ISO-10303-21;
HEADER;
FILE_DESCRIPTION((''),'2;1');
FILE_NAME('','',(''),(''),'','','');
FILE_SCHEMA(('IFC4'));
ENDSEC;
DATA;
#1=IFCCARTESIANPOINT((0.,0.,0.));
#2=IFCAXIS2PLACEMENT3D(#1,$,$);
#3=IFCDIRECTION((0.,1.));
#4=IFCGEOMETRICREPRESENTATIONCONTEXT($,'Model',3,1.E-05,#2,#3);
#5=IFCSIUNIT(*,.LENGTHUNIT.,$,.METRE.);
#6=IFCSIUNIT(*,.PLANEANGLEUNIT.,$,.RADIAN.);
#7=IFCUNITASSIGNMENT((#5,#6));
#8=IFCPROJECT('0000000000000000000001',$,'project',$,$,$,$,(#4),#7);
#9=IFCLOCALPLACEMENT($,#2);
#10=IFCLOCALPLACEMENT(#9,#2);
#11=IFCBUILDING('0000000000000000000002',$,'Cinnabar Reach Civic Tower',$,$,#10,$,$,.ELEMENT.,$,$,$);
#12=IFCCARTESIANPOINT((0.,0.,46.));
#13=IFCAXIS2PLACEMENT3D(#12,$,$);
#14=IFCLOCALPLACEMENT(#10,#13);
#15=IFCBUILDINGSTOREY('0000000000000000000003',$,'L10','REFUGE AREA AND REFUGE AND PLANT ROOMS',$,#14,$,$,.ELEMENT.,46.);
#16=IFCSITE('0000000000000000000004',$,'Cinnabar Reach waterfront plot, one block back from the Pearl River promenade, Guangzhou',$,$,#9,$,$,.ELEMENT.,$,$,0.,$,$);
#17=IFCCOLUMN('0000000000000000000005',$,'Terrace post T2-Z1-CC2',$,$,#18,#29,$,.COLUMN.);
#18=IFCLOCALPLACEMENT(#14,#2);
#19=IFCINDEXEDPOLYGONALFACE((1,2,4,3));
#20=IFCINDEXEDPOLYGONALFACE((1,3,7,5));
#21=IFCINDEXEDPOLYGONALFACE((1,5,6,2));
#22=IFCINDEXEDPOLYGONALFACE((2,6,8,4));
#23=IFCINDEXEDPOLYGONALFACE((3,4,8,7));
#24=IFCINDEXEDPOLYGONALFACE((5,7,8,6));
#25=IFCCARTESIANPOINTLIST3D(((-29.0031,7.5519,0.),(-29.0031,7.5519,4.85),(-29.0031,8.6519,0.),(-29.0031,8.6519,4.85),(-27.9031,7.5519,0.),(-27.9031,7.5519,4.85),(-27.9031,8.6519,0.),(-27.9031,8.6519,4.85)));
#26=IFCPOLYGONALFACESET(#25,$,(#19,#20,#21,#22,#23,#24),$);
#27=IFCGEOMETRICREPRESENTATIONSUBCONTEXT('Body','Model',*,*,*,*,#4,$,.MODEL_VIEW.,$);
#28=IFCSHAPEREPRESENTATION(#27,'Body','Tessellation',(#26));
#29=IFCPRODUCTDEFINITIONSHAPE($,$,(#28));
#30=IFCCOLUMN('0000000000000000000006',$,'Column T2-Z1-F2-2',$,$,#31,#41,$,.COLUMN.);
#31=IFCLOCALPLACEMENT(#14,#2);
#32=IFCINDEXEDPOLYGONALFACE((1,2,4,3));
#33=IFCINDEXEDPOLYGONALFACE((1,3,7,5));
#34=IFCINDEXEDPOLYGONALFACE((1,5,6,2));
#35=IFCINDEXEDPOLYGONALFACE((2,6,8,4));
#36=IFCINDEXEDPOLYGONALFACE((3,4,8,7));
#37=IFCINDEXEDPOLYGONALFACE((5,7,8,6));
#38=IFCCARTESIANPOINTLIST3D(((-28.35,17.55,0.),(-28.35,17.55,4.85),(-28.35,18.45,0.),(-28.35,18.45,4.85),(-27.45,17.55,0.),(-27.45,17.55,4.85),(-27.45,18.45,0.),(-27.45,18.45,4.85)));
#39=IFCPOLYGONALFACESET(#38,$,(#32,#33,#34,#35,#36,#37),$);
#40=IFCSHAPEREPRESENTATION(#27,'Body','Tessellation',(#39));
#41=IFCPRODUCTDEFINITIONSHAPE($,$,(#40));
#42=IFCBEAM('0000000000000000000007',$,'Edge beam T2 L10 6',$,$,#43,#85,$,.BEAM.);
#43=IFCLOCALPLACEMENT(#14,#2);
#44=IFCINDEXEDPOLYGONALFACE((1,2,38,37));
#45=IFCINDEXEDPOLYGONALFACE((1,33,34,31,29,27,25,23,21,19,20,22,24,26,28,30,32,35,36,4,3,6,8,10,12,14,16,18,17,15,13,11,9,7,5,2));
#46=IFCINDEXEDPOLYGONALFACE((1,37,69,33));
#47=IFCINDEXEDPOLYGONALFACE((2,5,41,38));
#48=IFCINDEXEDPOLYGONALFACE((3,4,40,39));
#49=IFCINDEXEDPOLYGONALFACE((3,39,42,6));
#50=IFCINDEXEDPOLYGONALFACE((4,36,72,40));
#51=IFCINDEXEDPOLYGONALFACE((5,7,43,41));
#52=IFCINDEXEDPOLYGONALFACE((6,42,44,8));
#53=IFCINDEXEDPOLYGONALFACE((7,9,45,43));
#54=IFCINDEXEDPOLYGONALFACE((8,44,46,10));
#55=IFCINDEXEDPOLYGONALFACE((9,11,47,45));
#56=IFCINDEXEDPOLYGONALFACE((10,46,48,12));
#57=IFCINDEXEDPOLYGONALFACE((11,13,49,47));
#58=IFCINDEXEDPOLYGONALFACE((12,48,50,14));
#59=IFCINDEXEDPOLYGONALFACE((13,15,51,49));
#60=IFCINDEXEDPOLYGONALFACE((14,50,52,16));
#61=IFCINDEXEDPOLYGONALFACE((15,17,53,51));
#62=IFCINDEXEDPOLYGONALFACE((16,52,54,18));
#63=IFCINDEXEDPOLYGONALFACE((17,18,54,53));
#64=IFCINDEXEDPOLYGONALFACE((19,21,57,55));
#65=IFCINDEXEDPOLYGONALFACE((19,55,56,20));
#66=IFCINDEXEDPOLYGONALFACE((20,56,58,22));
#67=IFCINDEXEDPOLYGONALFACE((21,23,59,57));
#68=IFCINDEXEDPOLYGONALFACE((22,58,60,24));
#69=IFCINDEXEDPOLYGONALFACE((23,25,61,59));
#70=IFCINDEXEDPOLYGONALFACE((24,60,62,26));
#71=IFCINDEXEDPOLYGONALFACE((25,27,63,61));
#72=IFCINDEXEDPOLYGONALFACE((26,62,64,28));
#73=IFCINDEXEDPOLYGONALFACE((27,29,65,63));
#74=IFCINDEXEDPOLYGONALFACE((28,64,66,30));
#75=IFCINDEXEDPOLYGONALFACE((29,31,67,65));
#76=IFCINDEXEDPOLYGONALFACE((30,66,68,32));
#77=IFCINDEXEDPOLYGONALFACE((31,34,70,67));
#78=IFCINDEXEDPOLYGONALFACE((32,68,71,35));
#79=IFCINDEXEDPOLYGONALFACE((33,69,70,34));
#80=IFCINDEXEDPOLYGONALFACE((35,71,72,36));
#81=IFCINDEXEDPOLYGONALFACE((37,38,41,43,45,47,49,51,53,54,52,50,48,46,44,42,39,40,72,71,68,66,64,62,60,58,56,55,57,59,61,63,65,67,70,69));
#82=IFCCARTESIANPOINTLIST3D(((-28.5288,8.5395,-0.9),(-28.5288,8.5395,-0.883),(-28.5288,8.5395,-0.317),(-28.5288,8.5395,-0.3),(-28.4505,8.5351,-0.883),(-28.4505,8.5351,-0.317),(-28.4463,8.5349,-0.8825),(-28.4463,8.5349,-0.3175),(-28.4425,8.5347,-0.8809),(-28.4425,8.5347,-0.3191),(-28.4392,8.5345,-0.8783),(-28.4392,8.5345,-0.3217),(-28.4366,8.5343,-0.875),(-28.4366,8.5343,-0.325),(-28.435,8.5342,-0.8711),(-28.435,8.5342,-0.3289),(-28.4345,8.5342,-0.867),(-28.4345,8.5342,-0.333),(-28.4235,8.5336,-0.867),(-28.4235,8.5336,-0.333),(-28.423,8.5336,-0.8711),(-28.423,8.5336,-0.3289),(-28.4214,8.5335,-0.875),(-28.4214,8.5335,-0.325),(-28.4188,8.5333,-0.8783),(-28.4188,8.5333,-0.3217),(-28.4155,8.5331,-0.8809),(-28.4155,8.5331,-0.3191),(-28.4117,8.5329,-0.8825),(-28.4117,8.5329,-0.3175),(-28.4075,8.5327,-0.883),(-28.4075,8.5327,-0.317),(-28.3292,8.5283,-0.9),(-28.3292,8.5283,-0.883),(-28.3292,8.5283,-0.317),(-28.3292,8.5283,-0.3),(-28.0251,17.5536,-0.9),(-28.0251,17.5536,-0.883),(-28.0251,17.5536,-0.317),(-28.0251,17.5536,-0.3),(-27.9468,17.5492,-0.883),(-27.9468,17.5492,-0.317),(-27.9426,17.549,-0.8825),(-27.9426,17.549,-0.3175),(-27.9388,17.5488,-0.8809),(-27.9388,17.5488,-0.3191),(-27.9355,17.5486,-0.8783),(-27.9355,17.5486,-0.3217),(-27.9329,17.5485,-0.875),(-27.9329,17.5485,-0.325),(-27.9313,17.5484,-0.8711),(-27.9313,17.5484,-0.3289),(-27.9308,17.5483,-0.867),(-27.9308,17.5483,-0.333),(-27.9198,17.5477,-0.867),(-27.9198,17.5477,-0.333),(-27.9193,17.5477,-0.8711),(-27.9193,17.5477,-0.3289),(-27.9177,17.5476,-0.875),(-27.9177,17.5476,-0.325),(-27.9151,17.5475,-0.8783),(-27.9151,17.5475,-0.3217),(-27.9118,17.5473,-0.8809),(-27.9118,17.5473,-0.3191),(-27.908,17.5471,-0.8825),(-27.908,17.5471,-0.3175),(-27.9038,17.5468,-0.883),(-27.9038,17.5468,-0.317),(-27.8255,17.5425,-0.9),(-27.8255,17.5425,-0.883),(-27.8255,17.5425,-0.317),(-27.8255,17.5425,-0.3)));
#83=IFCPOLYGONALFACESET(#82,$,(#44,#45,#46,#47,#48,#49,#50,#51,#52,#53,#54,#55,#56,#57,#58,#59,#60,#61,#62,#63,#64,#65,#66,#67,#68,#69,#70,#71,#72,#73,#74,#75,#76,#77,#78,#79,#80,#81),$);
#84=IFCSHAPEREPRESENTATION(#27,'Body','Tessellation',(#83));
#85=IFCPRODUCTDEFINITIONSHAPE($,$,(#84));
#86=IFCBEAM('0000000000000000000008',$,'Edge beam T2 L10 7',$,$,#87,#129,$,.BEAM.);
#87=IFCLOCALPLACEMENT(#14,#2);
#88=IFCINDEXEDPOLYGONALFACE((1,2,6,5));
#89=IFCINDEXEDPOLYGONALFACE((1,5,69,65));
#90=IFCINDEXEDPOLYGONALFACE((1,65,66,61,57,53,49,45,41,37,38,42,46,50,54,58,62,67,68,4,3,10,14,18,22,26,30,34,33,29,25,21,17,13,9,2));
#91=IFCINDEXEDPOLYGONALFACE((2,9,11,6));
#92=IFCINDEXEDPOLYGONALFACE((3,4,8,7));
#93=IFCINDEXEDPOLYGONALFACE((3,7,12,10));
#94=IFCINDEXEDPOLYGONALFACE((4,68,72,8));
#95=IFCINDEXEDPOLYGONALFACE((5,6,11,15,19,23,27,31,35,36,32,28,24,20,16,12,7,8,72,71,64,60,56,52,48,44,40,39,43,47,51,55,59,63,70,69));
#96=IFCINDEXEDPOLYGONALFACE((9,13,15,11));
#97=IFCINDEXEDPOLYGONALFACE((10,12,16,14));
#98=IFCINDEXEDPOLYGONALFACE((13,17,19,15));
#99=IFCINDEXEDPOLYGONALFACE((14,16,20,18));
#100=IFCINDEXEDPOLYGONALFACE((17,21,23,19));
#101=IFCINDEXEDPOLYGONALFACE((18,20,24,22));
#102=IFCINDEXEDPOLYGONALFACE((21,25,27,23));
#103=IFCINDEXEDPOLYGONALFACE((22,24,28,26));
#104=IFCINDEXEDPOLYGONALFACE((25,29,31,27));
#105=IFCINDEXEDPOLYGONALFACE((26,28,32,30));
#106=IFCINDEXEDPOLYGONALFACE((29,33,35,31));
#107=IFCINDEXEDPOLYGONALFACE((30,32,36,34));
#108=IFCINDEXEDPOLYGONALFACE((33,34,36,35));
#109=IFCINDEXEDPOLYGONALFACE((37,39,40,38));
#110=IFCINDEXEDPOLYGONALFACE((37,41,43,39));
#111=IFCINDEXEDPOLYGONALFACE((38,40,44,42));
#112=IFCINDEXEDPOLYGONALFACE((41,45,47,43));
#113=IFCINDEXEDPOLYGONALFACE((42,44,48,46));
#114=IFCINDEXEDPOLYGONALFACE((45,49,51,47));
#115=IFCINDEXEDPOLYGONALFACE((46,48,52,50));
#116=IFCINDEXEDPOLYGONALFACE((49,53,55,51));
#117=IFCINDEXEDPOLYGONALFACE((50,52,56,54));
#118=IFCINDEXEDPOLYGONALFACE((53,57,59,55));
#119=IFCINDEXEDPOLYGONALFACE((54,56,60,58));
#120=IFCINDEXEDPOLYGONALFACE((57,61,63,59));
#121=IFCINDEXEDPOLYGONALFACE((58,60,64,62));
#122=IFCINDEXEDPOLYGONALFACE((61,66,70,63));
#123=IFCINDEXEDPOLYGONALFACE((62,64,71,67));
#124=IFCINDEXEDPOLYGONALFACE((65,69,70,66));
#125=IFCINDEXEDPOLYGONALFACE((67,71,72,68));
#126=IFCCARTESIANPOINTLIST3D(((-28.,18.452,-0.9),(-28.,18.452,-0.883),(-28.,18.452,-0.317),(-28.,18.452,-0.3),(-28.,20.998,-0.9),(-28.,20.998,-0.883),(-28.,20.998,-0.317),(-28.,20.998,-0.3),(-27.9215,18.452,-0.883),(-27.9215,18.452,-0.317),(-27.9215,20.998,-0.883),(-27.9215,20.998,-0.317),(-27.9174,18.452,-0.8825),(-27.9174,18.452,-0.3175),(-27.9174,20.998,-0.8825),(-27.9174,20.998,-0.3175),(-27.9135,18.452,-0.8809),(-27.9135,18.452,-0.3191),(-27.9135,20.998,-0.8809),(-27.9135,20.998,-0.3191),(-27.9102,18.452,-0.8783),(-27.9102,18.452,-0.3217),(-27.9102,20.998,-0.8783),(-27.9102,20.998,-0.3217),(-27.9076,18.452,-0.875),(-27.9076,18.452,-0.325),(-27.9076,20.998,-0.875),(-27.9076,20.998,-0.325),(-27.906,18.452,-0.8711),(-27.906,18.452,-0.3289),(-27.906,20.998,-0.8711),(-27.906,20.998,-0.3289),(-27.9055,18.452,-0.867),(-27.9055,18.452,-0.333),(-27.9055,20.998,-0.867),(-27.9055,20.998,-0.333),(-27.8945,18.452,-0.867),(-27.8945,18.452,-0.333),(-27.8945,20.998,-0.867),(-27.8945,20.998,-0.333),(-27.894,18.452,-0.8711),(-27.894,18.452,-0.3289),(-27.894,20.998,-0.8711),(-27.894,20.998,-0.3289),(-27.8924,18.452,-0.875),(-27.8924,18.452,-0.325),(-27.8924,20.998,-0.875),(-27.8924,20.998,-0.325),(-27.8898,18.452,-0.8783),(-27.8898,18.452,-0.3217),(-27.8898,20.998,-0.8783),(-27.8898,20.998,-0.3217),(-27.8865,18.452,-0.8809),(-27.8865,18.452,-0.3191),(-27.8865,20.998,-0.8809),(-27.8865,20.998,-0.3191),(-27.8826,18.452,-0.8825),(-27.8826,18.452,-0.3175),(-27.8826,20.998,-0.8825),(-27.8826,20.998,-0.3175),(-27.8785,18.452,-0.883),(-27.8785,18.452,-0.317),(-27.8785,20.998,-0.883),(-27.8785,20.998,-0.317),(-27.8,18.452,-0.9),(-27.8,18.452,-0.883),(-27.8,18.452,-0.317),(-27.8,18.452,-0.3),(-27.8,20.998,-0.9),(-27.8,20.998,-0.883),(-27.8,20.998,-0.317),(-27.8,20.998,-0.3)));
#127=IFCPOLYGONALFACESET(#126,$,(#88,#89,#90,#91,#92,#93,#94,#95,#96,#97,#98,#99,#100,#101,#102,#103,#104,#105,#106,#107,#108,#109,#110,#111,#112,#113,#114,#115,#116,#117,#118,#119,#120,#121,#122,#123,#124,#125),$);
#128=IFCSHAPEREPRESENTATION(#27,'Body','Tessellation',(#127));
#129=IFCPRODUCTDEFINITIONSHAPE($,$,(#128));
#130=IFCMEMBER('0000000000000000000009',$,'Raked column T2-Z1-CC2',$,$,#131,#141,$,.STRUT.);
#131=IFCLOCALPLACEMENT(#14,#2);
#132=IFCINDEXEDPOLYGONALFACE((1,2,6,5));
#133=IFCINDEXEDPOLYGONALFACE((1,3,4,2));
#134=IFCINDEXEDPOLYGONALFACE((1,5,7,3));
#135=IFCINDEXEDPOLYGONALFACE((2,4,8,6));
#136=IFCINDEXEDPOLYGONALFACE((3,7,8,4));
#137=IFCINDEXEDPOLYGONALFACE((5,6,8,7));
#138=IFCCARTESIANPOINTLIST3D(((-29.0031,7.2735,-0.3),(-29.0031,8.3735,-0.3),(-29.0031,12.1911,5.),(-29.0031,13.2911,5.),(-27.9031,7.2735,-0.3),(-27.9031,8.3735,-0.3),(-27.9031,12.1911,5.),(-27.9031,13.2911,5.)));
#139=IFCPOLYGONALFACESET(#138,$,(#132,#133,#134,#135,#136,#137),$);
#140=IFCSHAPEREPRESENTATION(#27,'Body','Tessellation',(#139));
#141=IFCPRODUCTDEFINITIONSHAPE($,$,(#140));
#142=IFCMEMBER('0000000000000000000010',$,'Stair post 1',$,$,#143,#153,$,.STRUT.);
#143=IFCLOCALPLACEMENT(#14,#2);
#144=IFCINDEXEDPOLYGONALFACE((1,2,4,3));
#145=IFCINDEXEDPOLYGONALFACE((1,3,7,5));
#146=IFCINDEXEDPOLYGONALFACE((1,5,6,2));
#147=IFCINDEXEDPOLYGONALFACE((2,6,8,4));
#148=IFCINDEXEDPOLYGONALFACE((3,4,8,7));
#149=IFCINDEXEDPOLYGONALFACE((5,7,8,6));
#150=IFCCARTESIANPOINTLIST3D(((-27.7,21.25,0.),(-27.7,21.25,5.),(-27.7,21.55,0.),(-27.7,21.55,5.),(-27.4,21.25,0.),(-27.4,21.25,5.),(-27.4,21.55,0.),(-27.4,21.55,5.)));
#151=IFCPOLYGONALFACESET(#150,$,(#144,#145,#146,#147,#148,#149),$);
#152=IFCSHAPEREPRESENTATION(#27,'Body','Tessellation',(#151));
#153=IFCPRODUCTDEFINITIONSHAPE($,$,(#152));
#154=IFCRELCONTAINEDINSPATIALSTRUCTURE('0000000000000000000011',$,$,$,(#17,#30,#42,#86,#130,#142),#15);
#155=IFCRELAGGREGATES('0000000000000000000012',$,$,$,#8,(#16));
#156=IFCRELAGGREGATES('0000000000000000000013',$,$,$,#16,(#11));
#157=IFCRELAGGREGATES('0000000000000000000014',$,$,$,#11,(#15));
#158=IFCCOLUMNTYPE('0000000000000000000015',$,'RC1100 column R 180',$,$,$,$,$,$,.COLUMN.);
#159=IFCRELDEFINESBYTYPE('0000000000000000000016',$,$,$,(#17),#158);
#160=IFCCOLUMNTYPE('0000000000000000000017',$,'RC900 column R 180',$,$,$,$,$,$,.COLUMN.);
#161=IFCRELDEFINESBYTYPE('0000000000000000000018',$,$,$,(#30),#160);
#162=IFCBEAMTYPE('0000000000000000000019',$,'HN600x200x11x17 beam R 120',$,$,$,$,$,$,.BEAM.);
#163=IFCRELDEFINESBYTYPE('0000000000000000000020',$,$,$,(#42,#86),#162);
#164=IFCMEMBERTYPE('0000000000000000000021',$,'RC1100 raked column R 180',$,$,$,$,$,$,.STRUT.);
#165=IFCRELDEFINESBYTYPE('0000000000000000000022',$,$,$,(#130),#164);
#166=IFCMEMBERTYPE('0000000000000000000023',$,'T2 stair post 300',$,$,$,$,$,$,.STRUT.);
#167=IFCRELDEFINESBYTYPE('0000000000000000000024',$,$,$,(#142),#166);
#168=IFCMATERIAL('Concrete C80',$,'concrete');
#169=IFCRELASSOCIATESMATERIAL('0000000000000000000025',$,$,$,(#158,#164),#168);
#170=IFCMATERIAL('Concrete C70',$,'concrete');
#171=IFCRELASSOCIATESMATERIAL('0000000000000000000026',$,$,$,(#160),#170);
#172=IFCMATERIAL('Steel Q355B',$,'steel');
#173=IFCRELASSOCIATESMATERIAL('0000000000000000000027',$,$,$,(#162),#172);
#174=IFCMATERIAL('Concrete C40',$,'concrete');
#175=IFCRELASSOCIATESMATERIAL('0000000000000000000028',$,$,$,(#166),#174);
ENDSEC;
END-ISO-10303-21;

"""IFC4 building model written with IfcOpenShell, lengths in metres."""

from ifc_helpers import new_model, si_unit, direction, frame, origin, origin_2d, place, context, subcontext, project, spatial, rectangle, i_section, extrude, material, material_profile, profile_set, type_object, element, save


model = new_model("IFC4")

# Units and contexts
model_context = context("Model", 3, precision=1e-05, world=origin(), true_north=direction((0.0, 1.0)))
body_context = subcontext(model_context, "Body", "Model", "MODEL_VIEW")
ifc_project = project(units=[si_unit("LENGTHUNIT", "METRE"), si_unit("PLANEANGLEUNIT", "RADIAN")], contexts=[model_context])

# Site, building, storey
site_placement = place(None, origin())
site = spatial("IfcSite", under=ifc_project, at=site_placement, Name="Cinnabar Reach waterfront plot, one block back from the Pearl River promenade, Guangzhou", CompositionType="ELEMENT", RefElevation=0.0)
building_placement = place(site_placement, origin())
building = spatial("IfcBuilding", under=site, at=building_placement, Name="Cinnabar Reach Civic Tower", CompositionType="ELEMENT")
storey_placement = place(building_placement, frame((0.0, 0.0, 46.0)))
storey = spatial("IfcBuildingStorey", under=building, at=storey_placement, Name="L10", Description="REFUGE AREA AND REFUGE AND PLANT ROOMS", CompositionType="ELEMENT", Elevation=46.0)

# Columns
ifc_material_1 = material(Name="Concrete C80", Category="concrete")
ifc_material_profile_1 = material_profile(ifc_material_1, rectangle(XDim=1.1, YDim=1.1, at=origin_2d()), Name="RC1100")
ifc_profile_set_1 = profile_set([ifc_material_profile_1], Name="Concrete C80")
column_type_1 = type_object("IfcColumnType", Name="RC1100 column R 180", PredefinedType="COLUMN", material=ifc_profile_set_1)
column_1_placement = place(storey_placement, frame((-28.4531, 8.1019, 0.0), z_axis=(0.0, 0.0, 1.0), x_axis=(1.0, 0.0, 0.0)))
element("IfcColumn", 1, at=column_1_placement, inside=storey, type_object=column_type_1, Name="Terrace post T2-Z1-CC2", PredefinedType="COLUMN", context=body_context, shape_type="SweptSolid", body=[
    extrude(rectangle(XDim=1.1, YDim=1.1, at=origin_2d()), origin(), (0.0, 0.0, 1.0), 4.85),
])
ifc_material_2 = material(Name="Concrete C70", Category="concrete")
ifc_material_profile_2 = material_profile(ifc_material_2, rectangle(XDim=0.9, YDim=0.9, at=origin_2d()), Name="RC900")
ifc_profile_set_2 = profile_set([ifc_material_profile_2], Name="Concrete C70")
column_type_2 = type_object("IfcColumnType", Name="RC900 column R 180", PredefinedType="COLUMN", material=ifc_profile_set_2)
column_2_placement = place(storey_placement, frame((-27.9, 18.0, 0.0), z_axis=(0.0, 0.0, 1.0), x_axis=(1.0, 0.0, 0.0)))
element("IfcColumn", 2, at=column_2_placement, inside=storey, type_object=column_type_2, Name="Column T2-Z1-F2-2", PredefinedType="COLUMN", context=body_context, shape_type="SweptSolid", body=[
    extrude(rectangle(XDim=0.9, YDim=0.9, at=origin_2d()), origin(), (0.0, 0.0, 1.0), 4.85),
])

# Beams
ifc_material_3 = material(Name="Steel Q355B", Category="steel")
ifc_material_profile_3 = material_profile(ifc_material_3, i_section(OverallWidth=0.2, OverallDepth=0.6, WebThickness=0.011, FlangeThickness=0.017, FilletRadius=0.016, at=origin_2d()), Name="HN600x200x11x17")
ifc_profile_set_3 = profile_set([ifc_material_profile_3], Name="Steel Q355B")
beam_type = type_object("IfcBeamType", Name="HN600x200x11x17 beam R 120", PredefinedType="BEAM", material=ifc_profile_set_3)
beam_1_placement = place(storey_placement, frame((-28.429, 8.5339, -0.6), z_axis=(0.055792, 0.998442, 0.0), x_axis=(-0.998442, 0.055792, 0.0)))
element("IfcBeam", 3, at=beam_1_placement, inside=storey, type_object=beam_type, Name="Edge beam T2 L10 6", PredefinedType="BEAM", context=body_context, shape_type="SweptSolid", body=[
    extrude(i_section(OverallWidth=0.2, OverallDepth=0.6, WebThickness=0.011, FlangeThickness=0.017, FilletRadius=0.016, at=origin_2d()), origin(), (0.0, 0.0, 1.0), 9.0282),
])
beam_2_placement = place(storey_placement, frame((-27.9, 18.452, -0.6), z_axis=(0.0, 1.0, 0.0), x_axis=(-1.0, 0.0, 0.0)))
element("IfcBeam", 4, at=beam_2_placement, inside=storey, type_object=beam_type, Name="Edge beam T2 L10 7", PredefinedType="BEAM", context=body_context, shape_type="SweptSolid", body=[
    extrude(i_section(OverallWidth=0.2, OverallDepth=0.6, WebThickness=0.011, FlangeThickness=0.017, FilletRadius=0.016, at=origin_2d()), origin(), (0.0, 0.0, 1.0), 2.546),
])

# Members
ifc_material_profile_4 = material_profile(ifc_material_1, rectangle(XDim=1.1, YDim=1.1, at=origin_2d()), Name="RC1100")
ifc_profile_set_4 = profile_set([ifc_material_profile_4], Name="Concrete C80")
member_type_1 = type_object("IfcMemberType", Name="RC1100 raked column R 180", PredefinedType="STRUT", material=ifc_profile_set_4)
member_1_placement = place(storey_placement, frame((-28.4531, 7.8235, -0.3), z_axis=(0.0, 0.0, 1.0), x_axis=(1.0, 0.0, 0.0)))
element("IfcMember", 5, at=member_1_placement, inside=storey, type_object=member_type_1, Name="Raked column T2-Z1-CC2", PredefinedType="STRUT", context=body_context, shape_type="SweptSolid", body=[
    extrude(rectangle(XDim=1.1, YDim=1.1, at=origin_2d()), origin(), (0.0, 0.680167, 0.733057), 7.23),
])
ifc_material_4 = material(Name="Concrete C40", Category="concrete")
ifc_material_profile_5 = material_profile(ifc_material_4, rectangle(XDim=0.3, YDim=0.3, at=origin_2d()), Name="C300")
ifc_profile_set_5 = profile_set([ifc_material_profile_5], Name="Concrete C40")
member_type_2 = type_object("IfcMemberType", Name="T2 stair post 300", PredefinedType="STRUT", material=ifc_profile_set_5)
member_2_placement = place(storey_placement, frame((-27.55, 21.4, 0.0), z_axis=(0.0, 0.0, 1.0), x_axis=(1.0, 0.0, 0.0)))
element("IfcMember", 6, at=member_2_placement, inside=storey, type_object=member_type_2, Name="Stair post 1", PredefinedType="STRUT", context=body_context, shape_type="SweptSolid", body=[
    extrude(rectangle(XDim=0.3, YDim=0.3, at=origin_2d()), origin(), (0.0, 0.0, 1.0), 5.0),
])

save(model, "model.ifc")
